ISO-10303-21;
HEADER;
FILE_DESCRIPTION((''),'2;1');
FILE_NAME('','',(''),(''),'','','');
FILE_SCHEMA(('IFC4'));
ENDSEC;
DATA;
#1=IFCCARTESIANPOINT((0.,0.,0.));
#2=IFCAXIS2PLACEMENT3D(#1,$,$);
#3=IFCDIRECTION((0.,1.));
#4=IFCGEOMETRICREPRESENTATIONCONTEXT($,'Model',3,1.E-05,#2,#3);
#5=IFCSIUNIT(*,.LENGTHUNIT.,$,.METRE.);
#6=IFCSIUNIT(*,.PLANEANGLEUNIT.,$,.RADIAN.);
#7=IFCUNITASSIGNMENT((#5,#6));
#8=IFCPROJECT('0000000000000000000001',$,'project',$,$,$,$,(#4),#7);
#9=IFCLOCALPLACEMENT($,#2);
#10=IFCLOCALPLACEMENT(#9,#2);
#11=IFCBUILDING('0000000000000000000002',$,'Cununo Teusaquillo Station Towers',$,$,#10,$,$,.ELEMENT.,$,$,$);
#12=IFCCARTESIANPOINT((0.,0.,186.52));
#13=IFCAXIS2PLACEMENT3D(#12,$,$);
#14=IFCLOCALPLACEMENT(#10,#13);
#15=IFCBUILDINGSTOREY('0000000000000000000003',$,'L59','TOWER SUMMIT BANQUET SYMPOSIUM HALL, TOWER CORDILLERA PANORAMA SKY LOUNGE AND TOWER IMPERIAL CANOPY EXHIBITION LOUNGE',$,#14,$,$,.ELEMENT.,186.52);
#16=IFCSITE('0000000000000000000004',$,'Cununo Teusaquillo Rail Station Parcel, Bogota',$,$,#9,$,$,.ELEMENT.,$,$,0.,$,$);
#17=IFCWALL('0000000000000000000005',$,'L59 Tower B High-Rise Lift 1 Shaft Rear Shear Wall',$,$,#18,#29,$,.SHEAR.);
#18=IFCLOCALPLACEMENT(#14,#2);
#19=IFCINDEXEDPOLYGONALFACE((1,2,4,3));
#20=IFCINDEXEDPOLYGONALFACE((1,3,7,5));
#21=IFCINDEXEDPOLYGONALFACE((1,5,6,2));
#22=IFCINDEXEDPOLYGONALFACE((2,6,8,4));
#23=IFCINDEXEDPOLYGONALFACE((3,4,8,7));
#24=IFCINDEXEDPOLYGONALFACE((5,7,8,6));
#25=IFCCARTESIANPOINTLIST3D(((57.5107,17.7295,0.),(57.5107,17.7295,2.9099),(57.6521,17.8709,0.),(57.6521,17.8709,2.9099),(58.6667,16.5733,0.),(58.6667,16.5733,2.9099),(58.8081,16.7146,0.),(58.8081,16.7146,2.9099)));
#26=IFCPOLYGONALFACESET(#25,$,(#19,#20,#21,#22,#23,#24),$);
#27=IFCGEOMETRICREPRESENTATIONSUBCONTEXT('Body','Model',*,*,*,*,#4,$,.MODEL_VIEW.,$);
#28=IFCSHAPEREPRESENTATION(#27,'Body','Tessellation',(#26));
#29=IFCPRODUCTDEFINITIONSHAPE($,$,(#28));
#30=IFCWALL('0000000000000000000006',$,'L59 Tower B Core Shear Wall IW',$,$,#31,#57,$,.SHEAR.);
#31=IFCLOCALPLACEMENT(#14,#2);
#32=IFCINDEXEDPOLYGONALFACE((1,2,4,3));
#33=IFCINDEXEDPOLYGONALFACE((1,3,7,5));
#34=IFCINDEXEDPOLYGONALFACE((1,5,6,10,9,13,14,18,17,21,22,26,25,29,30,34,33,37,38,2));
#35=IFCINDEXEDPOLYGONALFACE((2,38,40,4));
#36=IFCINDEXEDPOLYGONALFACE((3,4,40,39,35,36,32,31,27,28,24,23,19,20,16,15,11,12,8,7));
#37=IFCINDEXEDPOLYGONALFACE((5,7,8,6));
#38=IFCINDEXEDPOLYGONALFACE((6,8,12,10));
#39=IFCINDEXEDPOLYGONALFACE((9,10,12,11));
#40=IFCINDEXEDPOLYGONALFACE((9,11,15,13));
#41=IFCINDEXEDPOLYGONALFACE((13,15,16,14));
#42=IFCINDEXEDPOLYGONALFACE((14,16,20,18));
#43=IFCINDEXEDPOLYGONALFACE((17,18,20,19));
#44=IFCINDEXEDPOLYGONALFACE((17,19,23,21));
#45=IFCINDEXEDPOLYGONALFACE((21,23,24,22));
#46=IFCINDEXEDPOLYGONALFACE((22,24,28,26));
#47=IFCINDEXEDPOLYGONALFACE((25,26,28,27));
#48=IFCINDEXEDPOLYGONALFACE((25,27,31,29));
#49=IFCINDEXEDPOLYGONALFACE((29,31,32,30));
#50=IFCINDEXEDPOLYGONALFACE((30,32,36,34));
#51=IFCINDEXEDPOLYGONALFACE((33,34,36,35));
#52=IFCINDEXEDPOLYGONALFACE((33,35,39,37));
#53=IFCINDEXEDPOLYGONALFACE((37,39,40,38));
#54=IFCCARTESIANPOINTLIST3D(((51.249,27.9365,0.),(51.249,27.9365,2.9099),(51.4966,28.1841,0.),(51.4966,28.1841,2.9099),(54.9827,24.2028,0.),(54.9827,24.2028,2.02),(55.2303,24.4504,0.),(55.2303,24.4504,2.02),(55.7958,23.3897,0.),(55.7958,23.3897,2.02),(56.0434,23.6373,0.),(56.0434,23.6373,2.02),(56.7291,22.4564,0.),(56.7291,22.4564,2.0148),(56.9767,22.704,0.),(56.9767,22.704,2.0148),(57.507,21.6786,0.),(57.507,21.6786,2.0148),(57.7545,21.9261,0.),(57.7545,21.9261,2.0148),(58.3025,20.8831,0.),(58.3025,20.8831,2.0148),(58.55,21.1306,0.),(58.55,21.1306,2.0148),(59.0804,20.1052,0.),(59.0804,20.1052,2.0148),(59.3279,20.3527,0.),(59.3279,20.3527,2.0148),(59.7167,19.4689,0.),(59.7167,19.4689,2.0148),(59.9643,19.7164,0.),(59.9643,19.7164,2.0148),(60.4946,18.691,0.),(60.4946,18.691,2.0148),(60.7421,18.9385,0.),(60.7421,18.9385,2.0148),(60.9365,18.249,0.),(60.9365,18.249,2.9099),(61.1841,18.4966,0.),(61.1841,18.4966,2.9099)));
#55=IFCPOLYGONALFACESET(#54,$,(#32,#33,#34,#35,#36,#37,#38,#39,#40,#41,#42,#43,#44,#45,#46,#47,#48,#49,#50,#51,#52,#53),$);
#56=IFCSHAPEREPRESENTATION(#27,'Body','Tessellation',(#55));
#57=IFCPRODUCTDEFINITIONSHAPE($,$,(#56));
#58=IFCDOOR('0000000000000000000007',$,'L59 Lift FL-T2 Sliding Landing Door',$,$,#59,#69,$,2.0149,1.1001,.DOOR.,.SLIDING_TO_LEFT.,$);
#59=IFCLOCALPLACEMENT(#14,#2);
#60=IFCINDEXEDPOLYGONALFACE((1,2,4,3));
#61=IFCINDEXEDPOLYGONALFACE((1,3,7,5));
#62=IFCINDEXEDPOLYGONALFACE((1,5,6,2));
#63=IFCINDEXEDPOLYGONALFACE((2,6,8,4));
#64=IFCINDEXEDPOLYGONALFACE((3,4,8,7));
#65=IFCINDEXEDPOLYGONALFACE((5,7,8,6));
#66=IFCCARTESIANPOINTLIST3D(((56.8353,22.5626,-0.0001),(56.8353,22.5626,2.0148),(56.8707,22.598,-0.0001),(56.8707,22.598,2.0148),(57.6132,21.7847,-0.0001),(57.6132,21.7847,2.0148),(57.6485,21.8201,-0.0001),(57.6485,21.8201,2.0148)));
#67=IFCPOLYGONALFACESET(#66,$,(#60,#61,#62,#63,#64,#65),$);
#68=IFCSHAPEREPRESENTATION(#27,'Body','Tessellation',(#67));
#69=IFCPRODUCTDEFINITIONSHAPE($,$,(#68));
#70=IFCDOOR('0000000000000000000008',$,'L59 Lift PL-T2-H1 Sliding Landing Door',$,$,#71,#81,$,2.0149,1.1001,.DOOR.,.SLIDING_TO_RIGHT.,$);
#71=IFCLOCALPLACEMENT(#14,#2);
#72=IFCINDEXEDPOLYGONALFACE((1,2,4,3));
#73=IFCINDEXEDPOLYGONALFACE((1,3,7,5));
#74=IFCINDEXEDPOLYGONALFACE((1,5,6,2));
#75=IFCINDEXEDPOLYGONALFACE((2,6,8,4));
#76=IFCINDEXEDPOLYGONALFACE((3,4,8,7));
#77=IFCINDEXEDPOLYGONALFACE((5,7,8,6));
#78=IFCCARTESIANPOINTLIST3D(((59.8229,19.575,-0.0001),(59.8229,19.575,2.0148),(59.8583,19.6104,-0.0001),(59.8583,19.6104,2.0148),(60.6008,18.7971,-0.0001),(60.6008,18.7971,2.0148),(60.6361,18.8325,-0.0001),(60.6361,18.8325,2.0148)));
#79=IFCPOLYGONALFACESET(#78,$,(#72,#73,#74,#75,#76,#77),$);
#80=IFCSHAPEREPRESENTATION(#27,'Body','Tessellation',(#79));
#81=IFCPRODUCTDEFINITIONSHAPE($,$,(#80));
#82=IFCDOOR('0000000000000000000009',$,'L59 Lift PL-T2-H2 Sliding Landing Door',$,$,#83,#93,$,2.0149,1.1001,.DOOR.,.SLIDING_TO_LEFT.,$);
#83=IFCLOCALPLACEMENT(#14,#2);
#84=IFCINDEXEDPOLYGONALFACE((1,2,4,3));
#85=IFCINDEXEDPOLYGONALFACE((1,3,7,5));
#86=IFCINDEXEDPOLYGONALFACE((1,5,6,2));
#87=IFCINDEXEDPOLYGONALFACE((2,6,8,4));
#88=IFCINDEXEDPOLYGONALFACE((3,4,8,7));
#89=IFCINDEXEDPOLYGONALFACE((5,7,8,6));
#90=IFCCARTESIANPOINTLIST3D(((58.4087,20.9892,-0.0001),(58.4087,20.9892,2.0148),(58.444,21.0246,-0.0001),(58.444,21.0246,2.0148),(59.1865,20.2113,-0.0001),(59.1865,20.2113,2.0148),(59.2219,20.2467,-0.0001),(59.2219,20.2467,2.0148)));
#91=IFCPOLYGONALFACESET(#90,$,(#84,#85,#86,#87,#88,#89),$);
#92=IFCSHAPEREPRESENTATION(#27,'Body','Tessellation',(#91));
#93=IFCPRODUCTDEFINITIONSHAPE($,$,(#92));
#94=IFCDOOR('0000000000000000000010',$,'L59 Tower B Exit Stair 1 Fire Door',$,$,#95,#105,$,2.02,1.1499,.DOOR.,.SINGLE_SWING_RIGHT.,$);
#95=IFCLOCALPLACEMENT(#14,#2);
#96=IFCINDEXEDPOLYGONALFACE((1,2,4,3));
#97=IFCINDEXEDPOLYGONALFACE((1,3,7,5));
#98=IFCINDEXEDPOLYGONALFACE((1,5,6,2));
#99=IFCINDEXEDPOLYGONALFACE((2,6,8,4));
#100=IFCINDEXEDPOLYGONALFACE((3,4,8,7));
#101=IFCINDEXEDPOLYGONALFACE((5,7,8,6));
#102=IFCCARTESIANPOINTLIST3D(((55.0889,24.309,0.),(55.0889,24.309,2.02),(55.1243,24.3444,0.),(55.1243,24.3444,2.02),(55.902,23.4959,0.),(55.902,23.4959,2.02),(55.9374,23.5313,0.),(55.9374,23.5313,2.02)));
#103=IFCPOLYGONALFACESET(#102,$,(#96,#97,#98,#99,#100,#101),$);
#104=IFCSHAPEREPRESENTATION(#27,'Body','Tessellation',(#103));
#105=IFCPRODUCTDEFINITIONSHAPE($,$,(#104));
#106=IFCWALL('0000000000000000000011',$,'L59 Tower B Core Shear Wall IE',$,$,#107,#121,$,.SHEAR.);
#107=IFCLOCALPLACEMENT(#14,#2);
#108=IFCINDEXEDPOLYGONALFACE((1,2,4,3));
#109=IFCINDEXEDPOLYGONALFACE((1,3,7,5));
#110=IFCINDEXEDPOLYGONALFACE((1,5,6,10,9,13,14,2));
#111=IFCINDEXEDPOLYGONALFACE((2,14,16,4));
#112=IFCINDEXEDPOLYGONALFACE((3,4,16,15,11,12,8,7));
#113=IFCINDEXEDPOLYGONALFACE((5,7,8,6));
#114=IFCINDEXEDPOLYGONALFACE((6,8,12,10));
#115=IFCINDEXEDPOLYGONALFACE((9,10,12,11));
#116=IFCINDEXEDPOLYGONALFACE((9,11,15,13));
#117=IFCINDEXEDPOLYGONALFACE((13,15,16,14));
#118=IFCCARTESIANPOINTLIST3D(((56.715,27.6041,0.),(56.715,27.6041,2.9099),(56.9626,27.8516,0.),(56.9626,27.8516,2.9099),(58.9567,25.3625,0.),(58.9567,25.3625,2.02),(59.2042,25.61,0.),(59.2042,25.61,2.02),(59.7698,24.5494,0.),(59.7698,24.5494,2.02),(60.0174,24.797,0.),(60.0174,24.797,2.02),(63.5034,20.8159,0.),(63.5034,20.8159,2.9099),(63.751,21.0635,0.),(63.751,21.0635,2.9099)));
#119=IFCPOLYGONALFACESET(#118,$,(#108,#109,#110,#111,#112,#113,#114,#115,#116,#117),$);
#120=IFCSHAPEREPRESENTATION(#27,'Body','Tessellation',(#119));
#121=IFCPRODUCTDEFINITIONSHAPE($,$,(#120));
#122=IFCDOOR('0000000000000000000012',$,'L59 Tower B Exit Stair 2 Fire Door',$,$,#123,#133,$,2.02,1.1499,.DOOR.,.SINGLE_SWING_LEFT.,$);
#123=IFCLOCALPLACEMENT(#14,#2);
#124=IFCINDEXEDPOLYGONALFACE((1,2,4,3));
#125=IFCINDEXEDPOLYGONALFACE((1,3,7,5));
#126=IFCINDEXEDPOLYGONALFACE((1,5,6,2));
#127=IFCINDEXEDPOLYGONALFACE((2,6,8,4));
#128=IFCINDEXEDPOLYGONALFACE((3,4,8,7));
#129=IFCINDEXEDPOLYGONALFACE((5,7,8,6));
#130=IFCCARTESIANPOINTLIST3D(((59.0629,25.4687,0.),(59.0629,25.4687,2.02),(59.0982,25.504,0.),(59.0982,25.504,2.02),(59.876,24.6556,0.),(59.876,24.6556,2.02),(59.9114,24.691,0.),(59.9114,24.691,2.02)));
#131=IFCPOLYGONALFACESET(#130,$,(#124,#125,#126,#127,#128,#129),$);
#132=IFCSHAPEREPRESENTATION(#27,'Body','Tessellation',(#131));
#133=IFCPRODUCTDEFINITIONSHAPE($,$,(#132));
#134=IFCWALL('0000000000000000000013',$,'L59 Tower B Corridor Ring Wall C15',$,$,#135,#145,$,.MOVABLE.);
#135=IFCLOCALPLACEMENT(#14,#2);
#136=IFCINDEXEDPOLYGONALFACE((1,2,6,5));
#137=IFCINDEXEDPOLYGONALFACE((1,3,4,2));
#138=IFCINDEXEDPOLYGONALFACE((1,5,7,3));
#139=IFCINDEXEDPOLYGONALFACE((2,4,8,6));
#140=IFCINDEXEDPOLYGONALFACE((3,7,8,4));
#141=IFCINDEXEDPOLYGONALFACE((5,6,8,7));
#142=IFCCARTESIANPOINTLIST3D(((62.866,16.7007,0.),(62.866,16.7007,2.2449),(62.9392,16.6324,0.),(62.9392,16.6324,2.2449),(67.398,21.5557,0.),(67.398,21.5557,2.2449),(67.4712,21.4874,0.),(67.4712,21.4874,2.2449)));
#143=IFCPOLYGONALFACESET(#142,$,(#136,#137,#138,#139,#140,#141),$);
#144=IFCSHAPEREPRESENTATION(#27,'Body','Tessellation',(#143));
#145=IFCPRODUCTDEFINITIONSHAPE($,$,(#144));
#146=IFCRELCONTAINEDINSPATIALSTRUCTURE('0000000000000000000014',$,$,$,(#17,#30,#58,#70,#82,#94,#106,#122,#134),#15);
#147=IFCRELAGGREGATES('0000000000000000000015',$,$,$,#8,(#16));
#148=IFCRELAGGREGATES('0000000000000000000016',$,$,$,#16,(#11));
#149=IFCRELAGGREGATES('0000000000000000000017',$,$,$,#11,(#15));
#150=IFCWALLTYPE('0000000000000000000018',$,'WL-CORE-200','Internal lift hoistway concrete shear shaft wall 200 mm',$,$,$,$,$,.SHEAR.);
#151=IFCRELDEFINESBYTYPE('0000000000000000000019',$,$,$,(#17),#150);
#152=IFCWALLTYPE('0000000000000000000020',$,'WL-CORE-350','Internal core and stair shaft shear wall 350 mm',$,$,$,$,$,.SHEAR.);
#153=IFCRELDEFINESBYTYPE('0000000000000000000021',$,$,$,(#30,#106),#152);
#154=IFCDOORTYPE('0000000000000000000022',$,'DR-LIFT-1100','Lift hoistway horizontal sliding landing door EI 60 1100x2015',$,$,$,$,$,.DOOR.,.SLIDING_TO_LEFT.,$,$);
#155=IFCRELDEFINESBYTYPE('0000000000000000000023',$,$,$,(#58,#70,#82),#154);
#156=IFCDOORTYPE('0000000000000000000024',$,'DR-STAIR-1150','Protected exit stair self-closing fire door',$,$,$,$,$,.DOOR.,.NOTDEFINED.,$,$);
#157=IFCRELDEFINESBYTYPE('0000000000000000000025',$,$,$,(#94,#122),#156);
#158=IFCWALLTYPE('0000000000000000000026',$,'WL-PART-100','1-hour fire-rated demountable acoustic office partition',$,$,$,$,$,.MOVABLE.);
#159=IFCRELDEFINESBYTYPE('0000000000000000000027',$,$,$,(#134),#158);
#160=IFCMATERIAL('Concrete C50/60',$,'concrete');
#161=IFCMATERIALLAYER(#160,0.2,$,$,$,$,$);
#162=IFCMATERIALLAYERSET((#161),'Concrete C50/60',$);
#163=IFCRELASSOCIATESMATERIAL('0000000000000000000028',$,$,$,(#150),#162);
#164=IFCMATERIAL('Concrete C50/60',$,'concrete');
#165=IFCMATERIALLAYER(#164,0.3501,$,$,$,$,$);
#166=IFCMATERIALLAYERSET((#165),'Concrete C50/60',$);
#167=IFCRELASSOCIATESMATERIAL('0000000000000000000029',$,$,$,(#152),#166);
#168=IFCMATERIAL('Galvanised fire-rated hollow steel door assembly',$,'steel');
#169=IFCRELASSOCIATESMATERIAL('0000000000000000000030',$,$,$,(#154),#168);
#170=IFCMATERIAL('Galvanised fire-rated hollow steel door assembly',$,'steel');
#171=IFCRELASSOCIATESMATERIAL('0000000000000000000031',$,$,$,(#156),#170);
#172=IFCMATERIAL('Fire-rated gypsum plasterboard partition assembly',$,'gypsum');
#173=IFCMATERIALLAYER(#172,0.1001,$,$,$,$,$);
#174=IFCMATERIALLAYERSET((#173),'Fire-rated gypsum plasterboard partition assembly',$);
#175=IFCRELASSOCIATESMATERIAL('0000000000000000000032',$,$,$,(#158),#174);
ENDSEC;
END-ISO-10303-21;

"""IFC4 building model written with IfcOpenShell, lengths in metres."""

from ifc_helpers import new_model, si_unit, direction, frame, frame_2d, origin, place, context, subcontext, project, spatial, rectangle, extrude, source, transform, mapped, material, layer, layer_set, type_object, element, fill, save


model = new_model("IFC4")

# Units and contexts
model_context = context("Model", 3, precision=1e-05, world=origin(), true_north=direction((0.0, 1.0)))
body_context = subcontext(model_context, "Body", "Model", "MODEL_VIEW")
ifc_project = project(units=[si_unit("LENGTHUNIT", "METRE"), si_unit("PLANEANGLEUNIT", "RADIAN")], contexts=[model_context])

# Site, building, storey
site_placement = place(None, origin())
site = spatial("IfcSite", under=ifc_project, at=site_placement, Name="Cununo Teusaquillo Rail Station Parcel, Bogota", CompositionType="ELEMENT", RefElevation=0.0)
building_placement = place(site_placement, origin())
building = spatial("IfcBuilding", under=site, at=building_placement, Name="Cununo Teusaquillo Station Towers", CompositionType="ELEMENT")
storey_placement = place(building_placement, frame((0.0, 0.0, 186.52)))
storey = spatial("IfcBuildingStorey", under=building, at=storey_placement, Name="L59", Description="TOWER SUMMIT BANQUET SYMPOSIUM HALL, TOWER CORDILLERA PANORAMA SKY LOUNGE AND TOWER IMPERIAL CANOPY EXHIBITION LOUNGE", CompositionType="ELEMENT", Elevation=186.52)

# Wall
ifc_material_1 = material(Name="Concrete C50/60", Category="concrete")
ifc_layer_1 = layer(ifc_material_1, 0.2)
ifc_layer_set_1 = layer_set([ifc_layer_1], Name="Concrete C50/60")
wall_type_1 = type_object("IfcWallType", Name="WL-CORE-200", Description="Internal lift hoistway concrete shear shaft wall 200 mm", PredefinedType="SHEAR", material=ifc_layer_set_1)
wall_1_placement = place(storey_placement, frame((58.7373, 16.644, 0.0), z_axis=(0.0, 0.0, 1.0), x_axis=(-0.707032, 0.707181, 0.0)))
element("IfcWall", 1, at=wall_1_placement, inside=storey, type_object=wall_type_1, Name="L59 Tower B High-Rise Lift 1 Shaft Rear Shear Wall", PredefinedType="SHEAR", context=body_context, shape_type="SweptSolid", body=[
    extrude(rectangle(XDim=1.635, YDim=0.2, at=frame_2d((0.8174, 0.0))), origin(), (0.0, 0.0, 1.0), 2.9099),
])

# Wall, openings, doors
ifc_material_2 = material(Name="Concrete C50/60", Category="concrete")
ifc_layer_2 = layer(ifc_material_2, 0.3501)
ifc_layer_set_2 = layer_set([ifc_layer_2], Name="Concrete C50/60")
wall_type_2 = type_object("IfcWallType", Name="WL-CORE-350", Description="Internal core and stair shaft shear wall 350 mm", PredefinedType="SHEAR", material=ifc_layer_set_2)
wall_2_placement = place(storey_placement, frame((61.0603, 18.3728, 0.0), z_axis=(0.0, 0.0, 1.0), x_axis=(-0.707107, 0.707107, 0.0)))
wall_2 = element("IfcWall", 2, at=wall_2_placement, inside=storey, type_object=wall_type_2, Name="L59 Tower B Core Shear Wall IW", PredefinedType="SHEAR", context=body_context, shape_type="SweptSolid", body=[
    extrude(rectangle(XDim=13.7002, YDim=0.3501, at=frame_2d((6.8501, 0.0))), origin(), (0.0, 0.0, 1.0), 2.9099),
])
shared_shape_1 = source(origin(), body_context, "Body", "SweptSolid", [
    extrude(rectangle(XDim=1.1001, YDim=2.0149, at=frame_2d((0.55, 1.0073))), frame((0.0, 0.1851, 0.0), z_axis=(0.0, -1.0, 0.0), x_axis=(1.0, 0.0, 0.0)), (0.0, 0.0, 1.0), 0.3701),
])
opening_1_placement = place(wall_2_placement, frame((4.8501, 0.0, 0.0)))
opening_1 = element("IfcOpeningElement", 3, at=opening_1_placement, cuts=wall_2, PredefinedType="OPENING", context=body_context, shape_type="MappedRepresentation", body=[
    mapped(shared_shape_1, transform((0.0, 0.0, 0.0), x_axis=(1.0, 0.0, 0.0), y_axis=(0.0, 1.0, 0.0), z_axis=(0.0, 0.0, 1.0), scale=1.0)),
])
opening_2_placement = place(wall_2_placement, frame((0.625, 0.0, 0.0)))
opening_2 = element("IfcOpeningElement", 4, at=opening_2_placement, cuts=wall_2, PredefinedType="OPENING", context=body_context, shape_type="MappedRepresentation", body=[
    mapped(shared_shape_1, transform((0.0, 0.0, 0.0), x_axis=(1.0, 0.0, 0.0), y_axis=(0.0, 1.0, 0.0), z_axis=(0.0, 0.0, 1.0), scale=1.0)),
])
opening_3_placement = place(wall_2_placement, frame((2.625, 0.0, 0.0)))
opening_3 = element("IfcOpeningElement", 5, at=opening_3_placement, cuts=wall_2, PredefinedType="OPENING", context=body_context, shape_type="MappedRepresentation", body=[
    mapped(shared_shape_1, transform((0.0, 0.0, 0.0), x_axis=(1.0, 0.0, 0.0), y_axis=(0.0, 1.0, 0.0), z_axis=(0.0, 0.0, 1.0), scale=1.0)),
])
shared_shape_2 = source(origin(), body_context, "Body", "SweptSolid", [
    extrude(rectangle(XDim=1.1499, YDim=2.02, at=frame_2d((0.575, 1.01))), frame((0.0, 0.1851, 0.0), z_axis=(0.0, -1.0, 0.0), x_axis=(1.0, 0.0, 0.0)), (0.0, 0.0, 1.0), 0.3701),
])
opening_4_placement = place(wall_2_placement, frame((7.27, 0.0, 0.0)))
opening_4 = element("IfcOpeningElement", 6, at=opening_4_placement, cuts=wall_2, PredefinedType="OPENING", context=body_context, shape_type="MappedRepresentation", body=[
    mapped(shared_shape_2, transform((0.0, 0.0, 0.0), x_axis=(1.0, 0.0, 0.0), y_axis=(0.0, 1.0, 0.0), z_axis=(0.0, 0.0, 1.0), scale=1.0)),
])
ifc_material_3 = material(Name="Galvanised fire-rated hollow steel door assembly", Category="steel")
door_type_1 = type_object("IfcDoorType", Name="DR-LIFT-1100", Description="Lift hoistway horizontal sliding landing door EI 60 1100x2015", OperationType="SLIDING_TO_LEFT", PredefinedType="DOOR", material=ifc_material_3)
shared_shape_3 = source(origin(), body_context, "Body", "SweptSolid", [
    extrude(rectangle(XDim=1.1001, YDim=2.0149, at=frame_2d((0.55, 1.0073))), frame((0.0, 0.0249, 0.0), z_axis=(0.0, -1.0, 0.0), x_axis=(1.0, 0.0, 0.0)), (0.0, 0.0, 1.0), 0.05),
])
door_1_placement = place(opening_1_placement, origin())
door_1 = element("IfcDoor", 7, at=door_1_placement, inside=storey, type_object=door_type_1, Name="L59 Lift FL-T2 Sliding Landing Door", OperationType="SLIDING_TO_LEFT", OverallHeight=2.0149, OverallWidth=1.1001, PredefinedType="DOOR", context=body_context, shape_type="MappedRepresentation", body=[
    mapped(shared_shape_3, transform((0.0, 0.0, 0.0), x_axis=(1.0, 0.0, 0.0), y_axis=(0.0, 1.0, 0.0), z_axis=(0.0, 0.0, 1.0), scale=1.0)),
])
fill(opening_1, door_1)
door_2_placement = place(opening_2_placement, origin())
door_2 = element("IfcDoor", 8, at=door_2_placement, inside=storey, type_object=door_type_1, Name="L59 Lift PL-T2-H1 Sliding Landing Door", OperationType="SLIDING_TO_RIGHT", OverallHeight=2.0149, OverallWidth=1.1001, PredefinedType="DOOR", context=body_context, shape_type="MappedRepresentation", body=[
    mapped(shared_shape_3, transform((0.0, 0.0, 0.0), x_axis=(1.0, 0.0, 0.0), y_axis=(0.0, 1.0, 0.0), z_axis=(0.0, 0.0, 1.0), scale=1.0)),
])
fill(opening_2, door_2)
door_3_placement = place(opening_3_placement, origin())
door_3 = element("IfcDoor", 9, at=door_3_placement, inside=storey, type_object=door_type_1, Name="L59 Lift PL-T2-H2 Sliding Landing Door", OperationType="SLIDING_TO_LEFT", OverallHeight=2.0149, OverallWidth=1.1001, PredefinedType="DOOR", context=body_context, shape_type="MappedRepresentation", body=[
    mapped(shared_shape_3, transform((0.0, 0.0, 0.0), x_axis=(1.0, 0.0, 0.0), y_axis=(0.0, 1.0, 0.0), z_axis=(0.0, 0.0, 1.0), scale=1.0)),
])
fill(opening_3, door_3)
ifc_material_4 = material(Name="Galvanised fire-rated hollow steel door assembly", Category="steel")
door_type_2 = type_object("IfcDoorType", Name="DR-STAIR-1150", Description="Protected exit stair self-closing fire door", OperationType="NOTDEFINED", PredefinedType="DOOR", material=ifc_material_4)
shared_shape_4 = source(origin(), body_context, "Body", "SweptSolid", [
    extrude(rectangle(XDim=1.1499, YDim=2.02, at=frame_2d((0.575, 1.01))), frame((0.0, 0.0249, 0.0), z_axis=(0.0, -1.0, 0.0), x_axis=(1.0, 0.0, 0.0)), (0.0, 0.0, 1.0), 0.05),
])
door_4_placement = place(opening_4_placement, origin())
door_4 = element("IfcDoor", 10, at=door_4_placement, inside=storey, type_object=door_type_2, Name="L59 Tower B Exit Stair 1 Fire Door", OperationType="SINGLE_SWING_RIGHT", OverallHeight=2.02, OverallWidth=1.1499, PredefinedType="DOOR", context=body_context, shape_type="MappedRepresentation", body=[
    mapped(shared_shape_4, transform((0.0, 0.0, 0.0), x_axis=(1.0, 0.0, 0.0), y_axis=(0.0, 1.0, 0.0), z_axis=(0.0, 0.0, 1.0), scale=1.0)),
])
fill(opening_4, door_4)

# Wall, opening, door
wall_3_placement = place(storey_placement, frame((63.6272, 20.9397, 0.0), z_axis=(0.0, 0.0, 1.0), x_axis=(-0.707119, 0.707094, 0.0)))
wall_3 = element("IfcWall", 11, at=wall_3_placement, inside=storey, type_object=wall_type_2, Name="L59 Tower B Core Shear Wall IE", PredefinedType="SHEAR", context=body_context, shape_type="SweptSolid", body=[
    extrude(rectangle(XDim=9.6001, YDim=0.3501, at=frame_2d((4.8, 0.0))), origin(), (0.0, 0.0, 1.0), 2.9099),
])
opening_5_placement = place(wall_3_placement, frame((5.28, 0.0, 0.0)))
opening_5 = element("IfcOpeningElement", 12, at=opening_5_placement, cuts=wall_3, PredefinedType="OPENING", context=body_context, shape_type="MappedRepresentation", body=[
    mapped(shared_shape_2, transform((0.0, 0.0, 0.0), x_axis=(1.0, 0.0, 0.0), y_axis=(0.0, 1.0, 0.0), z_axis=(0.0, 0.0, 1.0), scale=1.0)),
])
door_5_placement = place(opening_5_placement, origin())
door_5 = element("IfcDoor", 13, at=door_5_placement, inside=storey, type_object=door_type_2, Name="L59 Tower B Exit Stair 2 Fire Door", OperationType="SINGLE_SWING_LEFT", OverallHeight=2.02, OverallWidth=1.1499, PredefinedType="DOOR", context=body_context, shape_type="MappedRepresentation", body=[
    mapped(shared_shape_4, transform((0.0, 0.0, 0.0), x_axis=(1.0, 0.0, 0.0), y_axis=(0.0, 1.0, 0.0), z_axis=(0.0, 0.0, 1.0), scale=1.0)),
])
fill(opening_5, door_5)

# Wall
ifc_material_5 = material(Name="Fire-rated gypsum plasterboard partition assembly", Category="gypsum")
ifc_layer_3 = layer(ifc_material_5, 0.1001)
ifc_layer_set_3 = layer_set([ifc_layer_3], Name="Fire-rated gypsum plasterboard partition assembly")
wall_type_3 = type_object("IfcWallType", Name="WL-PART-100", Description="1-hour fire-rated demountable acoustic office partition", PredefinedType="MOVABLE", material=ifc_layer_set_3)
wall_4_placement = place(storey_placement, frame((62.9026, 16.6665, 0.0), z_axis=(0.0, 0.0, 1.0), x_axis=(0.682372, 0.731005, 0.0)))
element("IfcWall", 14, at=wall_4_placement, inside=storey, type_object=wall_type_3, Name="L59 Tower B Corridor Ring Wall C15", PredefinedType="MOVABLE", context=body_context, shape_type="SweptSolid", body=[
    extrude(rectangle(XDim=6.6416, YDim=0.1001, at=frame_2d((3.3208, 0.0))), origin(), (0.0, 0.0, 1.0), 2.2449),
])

save(model, "model.ifc")
